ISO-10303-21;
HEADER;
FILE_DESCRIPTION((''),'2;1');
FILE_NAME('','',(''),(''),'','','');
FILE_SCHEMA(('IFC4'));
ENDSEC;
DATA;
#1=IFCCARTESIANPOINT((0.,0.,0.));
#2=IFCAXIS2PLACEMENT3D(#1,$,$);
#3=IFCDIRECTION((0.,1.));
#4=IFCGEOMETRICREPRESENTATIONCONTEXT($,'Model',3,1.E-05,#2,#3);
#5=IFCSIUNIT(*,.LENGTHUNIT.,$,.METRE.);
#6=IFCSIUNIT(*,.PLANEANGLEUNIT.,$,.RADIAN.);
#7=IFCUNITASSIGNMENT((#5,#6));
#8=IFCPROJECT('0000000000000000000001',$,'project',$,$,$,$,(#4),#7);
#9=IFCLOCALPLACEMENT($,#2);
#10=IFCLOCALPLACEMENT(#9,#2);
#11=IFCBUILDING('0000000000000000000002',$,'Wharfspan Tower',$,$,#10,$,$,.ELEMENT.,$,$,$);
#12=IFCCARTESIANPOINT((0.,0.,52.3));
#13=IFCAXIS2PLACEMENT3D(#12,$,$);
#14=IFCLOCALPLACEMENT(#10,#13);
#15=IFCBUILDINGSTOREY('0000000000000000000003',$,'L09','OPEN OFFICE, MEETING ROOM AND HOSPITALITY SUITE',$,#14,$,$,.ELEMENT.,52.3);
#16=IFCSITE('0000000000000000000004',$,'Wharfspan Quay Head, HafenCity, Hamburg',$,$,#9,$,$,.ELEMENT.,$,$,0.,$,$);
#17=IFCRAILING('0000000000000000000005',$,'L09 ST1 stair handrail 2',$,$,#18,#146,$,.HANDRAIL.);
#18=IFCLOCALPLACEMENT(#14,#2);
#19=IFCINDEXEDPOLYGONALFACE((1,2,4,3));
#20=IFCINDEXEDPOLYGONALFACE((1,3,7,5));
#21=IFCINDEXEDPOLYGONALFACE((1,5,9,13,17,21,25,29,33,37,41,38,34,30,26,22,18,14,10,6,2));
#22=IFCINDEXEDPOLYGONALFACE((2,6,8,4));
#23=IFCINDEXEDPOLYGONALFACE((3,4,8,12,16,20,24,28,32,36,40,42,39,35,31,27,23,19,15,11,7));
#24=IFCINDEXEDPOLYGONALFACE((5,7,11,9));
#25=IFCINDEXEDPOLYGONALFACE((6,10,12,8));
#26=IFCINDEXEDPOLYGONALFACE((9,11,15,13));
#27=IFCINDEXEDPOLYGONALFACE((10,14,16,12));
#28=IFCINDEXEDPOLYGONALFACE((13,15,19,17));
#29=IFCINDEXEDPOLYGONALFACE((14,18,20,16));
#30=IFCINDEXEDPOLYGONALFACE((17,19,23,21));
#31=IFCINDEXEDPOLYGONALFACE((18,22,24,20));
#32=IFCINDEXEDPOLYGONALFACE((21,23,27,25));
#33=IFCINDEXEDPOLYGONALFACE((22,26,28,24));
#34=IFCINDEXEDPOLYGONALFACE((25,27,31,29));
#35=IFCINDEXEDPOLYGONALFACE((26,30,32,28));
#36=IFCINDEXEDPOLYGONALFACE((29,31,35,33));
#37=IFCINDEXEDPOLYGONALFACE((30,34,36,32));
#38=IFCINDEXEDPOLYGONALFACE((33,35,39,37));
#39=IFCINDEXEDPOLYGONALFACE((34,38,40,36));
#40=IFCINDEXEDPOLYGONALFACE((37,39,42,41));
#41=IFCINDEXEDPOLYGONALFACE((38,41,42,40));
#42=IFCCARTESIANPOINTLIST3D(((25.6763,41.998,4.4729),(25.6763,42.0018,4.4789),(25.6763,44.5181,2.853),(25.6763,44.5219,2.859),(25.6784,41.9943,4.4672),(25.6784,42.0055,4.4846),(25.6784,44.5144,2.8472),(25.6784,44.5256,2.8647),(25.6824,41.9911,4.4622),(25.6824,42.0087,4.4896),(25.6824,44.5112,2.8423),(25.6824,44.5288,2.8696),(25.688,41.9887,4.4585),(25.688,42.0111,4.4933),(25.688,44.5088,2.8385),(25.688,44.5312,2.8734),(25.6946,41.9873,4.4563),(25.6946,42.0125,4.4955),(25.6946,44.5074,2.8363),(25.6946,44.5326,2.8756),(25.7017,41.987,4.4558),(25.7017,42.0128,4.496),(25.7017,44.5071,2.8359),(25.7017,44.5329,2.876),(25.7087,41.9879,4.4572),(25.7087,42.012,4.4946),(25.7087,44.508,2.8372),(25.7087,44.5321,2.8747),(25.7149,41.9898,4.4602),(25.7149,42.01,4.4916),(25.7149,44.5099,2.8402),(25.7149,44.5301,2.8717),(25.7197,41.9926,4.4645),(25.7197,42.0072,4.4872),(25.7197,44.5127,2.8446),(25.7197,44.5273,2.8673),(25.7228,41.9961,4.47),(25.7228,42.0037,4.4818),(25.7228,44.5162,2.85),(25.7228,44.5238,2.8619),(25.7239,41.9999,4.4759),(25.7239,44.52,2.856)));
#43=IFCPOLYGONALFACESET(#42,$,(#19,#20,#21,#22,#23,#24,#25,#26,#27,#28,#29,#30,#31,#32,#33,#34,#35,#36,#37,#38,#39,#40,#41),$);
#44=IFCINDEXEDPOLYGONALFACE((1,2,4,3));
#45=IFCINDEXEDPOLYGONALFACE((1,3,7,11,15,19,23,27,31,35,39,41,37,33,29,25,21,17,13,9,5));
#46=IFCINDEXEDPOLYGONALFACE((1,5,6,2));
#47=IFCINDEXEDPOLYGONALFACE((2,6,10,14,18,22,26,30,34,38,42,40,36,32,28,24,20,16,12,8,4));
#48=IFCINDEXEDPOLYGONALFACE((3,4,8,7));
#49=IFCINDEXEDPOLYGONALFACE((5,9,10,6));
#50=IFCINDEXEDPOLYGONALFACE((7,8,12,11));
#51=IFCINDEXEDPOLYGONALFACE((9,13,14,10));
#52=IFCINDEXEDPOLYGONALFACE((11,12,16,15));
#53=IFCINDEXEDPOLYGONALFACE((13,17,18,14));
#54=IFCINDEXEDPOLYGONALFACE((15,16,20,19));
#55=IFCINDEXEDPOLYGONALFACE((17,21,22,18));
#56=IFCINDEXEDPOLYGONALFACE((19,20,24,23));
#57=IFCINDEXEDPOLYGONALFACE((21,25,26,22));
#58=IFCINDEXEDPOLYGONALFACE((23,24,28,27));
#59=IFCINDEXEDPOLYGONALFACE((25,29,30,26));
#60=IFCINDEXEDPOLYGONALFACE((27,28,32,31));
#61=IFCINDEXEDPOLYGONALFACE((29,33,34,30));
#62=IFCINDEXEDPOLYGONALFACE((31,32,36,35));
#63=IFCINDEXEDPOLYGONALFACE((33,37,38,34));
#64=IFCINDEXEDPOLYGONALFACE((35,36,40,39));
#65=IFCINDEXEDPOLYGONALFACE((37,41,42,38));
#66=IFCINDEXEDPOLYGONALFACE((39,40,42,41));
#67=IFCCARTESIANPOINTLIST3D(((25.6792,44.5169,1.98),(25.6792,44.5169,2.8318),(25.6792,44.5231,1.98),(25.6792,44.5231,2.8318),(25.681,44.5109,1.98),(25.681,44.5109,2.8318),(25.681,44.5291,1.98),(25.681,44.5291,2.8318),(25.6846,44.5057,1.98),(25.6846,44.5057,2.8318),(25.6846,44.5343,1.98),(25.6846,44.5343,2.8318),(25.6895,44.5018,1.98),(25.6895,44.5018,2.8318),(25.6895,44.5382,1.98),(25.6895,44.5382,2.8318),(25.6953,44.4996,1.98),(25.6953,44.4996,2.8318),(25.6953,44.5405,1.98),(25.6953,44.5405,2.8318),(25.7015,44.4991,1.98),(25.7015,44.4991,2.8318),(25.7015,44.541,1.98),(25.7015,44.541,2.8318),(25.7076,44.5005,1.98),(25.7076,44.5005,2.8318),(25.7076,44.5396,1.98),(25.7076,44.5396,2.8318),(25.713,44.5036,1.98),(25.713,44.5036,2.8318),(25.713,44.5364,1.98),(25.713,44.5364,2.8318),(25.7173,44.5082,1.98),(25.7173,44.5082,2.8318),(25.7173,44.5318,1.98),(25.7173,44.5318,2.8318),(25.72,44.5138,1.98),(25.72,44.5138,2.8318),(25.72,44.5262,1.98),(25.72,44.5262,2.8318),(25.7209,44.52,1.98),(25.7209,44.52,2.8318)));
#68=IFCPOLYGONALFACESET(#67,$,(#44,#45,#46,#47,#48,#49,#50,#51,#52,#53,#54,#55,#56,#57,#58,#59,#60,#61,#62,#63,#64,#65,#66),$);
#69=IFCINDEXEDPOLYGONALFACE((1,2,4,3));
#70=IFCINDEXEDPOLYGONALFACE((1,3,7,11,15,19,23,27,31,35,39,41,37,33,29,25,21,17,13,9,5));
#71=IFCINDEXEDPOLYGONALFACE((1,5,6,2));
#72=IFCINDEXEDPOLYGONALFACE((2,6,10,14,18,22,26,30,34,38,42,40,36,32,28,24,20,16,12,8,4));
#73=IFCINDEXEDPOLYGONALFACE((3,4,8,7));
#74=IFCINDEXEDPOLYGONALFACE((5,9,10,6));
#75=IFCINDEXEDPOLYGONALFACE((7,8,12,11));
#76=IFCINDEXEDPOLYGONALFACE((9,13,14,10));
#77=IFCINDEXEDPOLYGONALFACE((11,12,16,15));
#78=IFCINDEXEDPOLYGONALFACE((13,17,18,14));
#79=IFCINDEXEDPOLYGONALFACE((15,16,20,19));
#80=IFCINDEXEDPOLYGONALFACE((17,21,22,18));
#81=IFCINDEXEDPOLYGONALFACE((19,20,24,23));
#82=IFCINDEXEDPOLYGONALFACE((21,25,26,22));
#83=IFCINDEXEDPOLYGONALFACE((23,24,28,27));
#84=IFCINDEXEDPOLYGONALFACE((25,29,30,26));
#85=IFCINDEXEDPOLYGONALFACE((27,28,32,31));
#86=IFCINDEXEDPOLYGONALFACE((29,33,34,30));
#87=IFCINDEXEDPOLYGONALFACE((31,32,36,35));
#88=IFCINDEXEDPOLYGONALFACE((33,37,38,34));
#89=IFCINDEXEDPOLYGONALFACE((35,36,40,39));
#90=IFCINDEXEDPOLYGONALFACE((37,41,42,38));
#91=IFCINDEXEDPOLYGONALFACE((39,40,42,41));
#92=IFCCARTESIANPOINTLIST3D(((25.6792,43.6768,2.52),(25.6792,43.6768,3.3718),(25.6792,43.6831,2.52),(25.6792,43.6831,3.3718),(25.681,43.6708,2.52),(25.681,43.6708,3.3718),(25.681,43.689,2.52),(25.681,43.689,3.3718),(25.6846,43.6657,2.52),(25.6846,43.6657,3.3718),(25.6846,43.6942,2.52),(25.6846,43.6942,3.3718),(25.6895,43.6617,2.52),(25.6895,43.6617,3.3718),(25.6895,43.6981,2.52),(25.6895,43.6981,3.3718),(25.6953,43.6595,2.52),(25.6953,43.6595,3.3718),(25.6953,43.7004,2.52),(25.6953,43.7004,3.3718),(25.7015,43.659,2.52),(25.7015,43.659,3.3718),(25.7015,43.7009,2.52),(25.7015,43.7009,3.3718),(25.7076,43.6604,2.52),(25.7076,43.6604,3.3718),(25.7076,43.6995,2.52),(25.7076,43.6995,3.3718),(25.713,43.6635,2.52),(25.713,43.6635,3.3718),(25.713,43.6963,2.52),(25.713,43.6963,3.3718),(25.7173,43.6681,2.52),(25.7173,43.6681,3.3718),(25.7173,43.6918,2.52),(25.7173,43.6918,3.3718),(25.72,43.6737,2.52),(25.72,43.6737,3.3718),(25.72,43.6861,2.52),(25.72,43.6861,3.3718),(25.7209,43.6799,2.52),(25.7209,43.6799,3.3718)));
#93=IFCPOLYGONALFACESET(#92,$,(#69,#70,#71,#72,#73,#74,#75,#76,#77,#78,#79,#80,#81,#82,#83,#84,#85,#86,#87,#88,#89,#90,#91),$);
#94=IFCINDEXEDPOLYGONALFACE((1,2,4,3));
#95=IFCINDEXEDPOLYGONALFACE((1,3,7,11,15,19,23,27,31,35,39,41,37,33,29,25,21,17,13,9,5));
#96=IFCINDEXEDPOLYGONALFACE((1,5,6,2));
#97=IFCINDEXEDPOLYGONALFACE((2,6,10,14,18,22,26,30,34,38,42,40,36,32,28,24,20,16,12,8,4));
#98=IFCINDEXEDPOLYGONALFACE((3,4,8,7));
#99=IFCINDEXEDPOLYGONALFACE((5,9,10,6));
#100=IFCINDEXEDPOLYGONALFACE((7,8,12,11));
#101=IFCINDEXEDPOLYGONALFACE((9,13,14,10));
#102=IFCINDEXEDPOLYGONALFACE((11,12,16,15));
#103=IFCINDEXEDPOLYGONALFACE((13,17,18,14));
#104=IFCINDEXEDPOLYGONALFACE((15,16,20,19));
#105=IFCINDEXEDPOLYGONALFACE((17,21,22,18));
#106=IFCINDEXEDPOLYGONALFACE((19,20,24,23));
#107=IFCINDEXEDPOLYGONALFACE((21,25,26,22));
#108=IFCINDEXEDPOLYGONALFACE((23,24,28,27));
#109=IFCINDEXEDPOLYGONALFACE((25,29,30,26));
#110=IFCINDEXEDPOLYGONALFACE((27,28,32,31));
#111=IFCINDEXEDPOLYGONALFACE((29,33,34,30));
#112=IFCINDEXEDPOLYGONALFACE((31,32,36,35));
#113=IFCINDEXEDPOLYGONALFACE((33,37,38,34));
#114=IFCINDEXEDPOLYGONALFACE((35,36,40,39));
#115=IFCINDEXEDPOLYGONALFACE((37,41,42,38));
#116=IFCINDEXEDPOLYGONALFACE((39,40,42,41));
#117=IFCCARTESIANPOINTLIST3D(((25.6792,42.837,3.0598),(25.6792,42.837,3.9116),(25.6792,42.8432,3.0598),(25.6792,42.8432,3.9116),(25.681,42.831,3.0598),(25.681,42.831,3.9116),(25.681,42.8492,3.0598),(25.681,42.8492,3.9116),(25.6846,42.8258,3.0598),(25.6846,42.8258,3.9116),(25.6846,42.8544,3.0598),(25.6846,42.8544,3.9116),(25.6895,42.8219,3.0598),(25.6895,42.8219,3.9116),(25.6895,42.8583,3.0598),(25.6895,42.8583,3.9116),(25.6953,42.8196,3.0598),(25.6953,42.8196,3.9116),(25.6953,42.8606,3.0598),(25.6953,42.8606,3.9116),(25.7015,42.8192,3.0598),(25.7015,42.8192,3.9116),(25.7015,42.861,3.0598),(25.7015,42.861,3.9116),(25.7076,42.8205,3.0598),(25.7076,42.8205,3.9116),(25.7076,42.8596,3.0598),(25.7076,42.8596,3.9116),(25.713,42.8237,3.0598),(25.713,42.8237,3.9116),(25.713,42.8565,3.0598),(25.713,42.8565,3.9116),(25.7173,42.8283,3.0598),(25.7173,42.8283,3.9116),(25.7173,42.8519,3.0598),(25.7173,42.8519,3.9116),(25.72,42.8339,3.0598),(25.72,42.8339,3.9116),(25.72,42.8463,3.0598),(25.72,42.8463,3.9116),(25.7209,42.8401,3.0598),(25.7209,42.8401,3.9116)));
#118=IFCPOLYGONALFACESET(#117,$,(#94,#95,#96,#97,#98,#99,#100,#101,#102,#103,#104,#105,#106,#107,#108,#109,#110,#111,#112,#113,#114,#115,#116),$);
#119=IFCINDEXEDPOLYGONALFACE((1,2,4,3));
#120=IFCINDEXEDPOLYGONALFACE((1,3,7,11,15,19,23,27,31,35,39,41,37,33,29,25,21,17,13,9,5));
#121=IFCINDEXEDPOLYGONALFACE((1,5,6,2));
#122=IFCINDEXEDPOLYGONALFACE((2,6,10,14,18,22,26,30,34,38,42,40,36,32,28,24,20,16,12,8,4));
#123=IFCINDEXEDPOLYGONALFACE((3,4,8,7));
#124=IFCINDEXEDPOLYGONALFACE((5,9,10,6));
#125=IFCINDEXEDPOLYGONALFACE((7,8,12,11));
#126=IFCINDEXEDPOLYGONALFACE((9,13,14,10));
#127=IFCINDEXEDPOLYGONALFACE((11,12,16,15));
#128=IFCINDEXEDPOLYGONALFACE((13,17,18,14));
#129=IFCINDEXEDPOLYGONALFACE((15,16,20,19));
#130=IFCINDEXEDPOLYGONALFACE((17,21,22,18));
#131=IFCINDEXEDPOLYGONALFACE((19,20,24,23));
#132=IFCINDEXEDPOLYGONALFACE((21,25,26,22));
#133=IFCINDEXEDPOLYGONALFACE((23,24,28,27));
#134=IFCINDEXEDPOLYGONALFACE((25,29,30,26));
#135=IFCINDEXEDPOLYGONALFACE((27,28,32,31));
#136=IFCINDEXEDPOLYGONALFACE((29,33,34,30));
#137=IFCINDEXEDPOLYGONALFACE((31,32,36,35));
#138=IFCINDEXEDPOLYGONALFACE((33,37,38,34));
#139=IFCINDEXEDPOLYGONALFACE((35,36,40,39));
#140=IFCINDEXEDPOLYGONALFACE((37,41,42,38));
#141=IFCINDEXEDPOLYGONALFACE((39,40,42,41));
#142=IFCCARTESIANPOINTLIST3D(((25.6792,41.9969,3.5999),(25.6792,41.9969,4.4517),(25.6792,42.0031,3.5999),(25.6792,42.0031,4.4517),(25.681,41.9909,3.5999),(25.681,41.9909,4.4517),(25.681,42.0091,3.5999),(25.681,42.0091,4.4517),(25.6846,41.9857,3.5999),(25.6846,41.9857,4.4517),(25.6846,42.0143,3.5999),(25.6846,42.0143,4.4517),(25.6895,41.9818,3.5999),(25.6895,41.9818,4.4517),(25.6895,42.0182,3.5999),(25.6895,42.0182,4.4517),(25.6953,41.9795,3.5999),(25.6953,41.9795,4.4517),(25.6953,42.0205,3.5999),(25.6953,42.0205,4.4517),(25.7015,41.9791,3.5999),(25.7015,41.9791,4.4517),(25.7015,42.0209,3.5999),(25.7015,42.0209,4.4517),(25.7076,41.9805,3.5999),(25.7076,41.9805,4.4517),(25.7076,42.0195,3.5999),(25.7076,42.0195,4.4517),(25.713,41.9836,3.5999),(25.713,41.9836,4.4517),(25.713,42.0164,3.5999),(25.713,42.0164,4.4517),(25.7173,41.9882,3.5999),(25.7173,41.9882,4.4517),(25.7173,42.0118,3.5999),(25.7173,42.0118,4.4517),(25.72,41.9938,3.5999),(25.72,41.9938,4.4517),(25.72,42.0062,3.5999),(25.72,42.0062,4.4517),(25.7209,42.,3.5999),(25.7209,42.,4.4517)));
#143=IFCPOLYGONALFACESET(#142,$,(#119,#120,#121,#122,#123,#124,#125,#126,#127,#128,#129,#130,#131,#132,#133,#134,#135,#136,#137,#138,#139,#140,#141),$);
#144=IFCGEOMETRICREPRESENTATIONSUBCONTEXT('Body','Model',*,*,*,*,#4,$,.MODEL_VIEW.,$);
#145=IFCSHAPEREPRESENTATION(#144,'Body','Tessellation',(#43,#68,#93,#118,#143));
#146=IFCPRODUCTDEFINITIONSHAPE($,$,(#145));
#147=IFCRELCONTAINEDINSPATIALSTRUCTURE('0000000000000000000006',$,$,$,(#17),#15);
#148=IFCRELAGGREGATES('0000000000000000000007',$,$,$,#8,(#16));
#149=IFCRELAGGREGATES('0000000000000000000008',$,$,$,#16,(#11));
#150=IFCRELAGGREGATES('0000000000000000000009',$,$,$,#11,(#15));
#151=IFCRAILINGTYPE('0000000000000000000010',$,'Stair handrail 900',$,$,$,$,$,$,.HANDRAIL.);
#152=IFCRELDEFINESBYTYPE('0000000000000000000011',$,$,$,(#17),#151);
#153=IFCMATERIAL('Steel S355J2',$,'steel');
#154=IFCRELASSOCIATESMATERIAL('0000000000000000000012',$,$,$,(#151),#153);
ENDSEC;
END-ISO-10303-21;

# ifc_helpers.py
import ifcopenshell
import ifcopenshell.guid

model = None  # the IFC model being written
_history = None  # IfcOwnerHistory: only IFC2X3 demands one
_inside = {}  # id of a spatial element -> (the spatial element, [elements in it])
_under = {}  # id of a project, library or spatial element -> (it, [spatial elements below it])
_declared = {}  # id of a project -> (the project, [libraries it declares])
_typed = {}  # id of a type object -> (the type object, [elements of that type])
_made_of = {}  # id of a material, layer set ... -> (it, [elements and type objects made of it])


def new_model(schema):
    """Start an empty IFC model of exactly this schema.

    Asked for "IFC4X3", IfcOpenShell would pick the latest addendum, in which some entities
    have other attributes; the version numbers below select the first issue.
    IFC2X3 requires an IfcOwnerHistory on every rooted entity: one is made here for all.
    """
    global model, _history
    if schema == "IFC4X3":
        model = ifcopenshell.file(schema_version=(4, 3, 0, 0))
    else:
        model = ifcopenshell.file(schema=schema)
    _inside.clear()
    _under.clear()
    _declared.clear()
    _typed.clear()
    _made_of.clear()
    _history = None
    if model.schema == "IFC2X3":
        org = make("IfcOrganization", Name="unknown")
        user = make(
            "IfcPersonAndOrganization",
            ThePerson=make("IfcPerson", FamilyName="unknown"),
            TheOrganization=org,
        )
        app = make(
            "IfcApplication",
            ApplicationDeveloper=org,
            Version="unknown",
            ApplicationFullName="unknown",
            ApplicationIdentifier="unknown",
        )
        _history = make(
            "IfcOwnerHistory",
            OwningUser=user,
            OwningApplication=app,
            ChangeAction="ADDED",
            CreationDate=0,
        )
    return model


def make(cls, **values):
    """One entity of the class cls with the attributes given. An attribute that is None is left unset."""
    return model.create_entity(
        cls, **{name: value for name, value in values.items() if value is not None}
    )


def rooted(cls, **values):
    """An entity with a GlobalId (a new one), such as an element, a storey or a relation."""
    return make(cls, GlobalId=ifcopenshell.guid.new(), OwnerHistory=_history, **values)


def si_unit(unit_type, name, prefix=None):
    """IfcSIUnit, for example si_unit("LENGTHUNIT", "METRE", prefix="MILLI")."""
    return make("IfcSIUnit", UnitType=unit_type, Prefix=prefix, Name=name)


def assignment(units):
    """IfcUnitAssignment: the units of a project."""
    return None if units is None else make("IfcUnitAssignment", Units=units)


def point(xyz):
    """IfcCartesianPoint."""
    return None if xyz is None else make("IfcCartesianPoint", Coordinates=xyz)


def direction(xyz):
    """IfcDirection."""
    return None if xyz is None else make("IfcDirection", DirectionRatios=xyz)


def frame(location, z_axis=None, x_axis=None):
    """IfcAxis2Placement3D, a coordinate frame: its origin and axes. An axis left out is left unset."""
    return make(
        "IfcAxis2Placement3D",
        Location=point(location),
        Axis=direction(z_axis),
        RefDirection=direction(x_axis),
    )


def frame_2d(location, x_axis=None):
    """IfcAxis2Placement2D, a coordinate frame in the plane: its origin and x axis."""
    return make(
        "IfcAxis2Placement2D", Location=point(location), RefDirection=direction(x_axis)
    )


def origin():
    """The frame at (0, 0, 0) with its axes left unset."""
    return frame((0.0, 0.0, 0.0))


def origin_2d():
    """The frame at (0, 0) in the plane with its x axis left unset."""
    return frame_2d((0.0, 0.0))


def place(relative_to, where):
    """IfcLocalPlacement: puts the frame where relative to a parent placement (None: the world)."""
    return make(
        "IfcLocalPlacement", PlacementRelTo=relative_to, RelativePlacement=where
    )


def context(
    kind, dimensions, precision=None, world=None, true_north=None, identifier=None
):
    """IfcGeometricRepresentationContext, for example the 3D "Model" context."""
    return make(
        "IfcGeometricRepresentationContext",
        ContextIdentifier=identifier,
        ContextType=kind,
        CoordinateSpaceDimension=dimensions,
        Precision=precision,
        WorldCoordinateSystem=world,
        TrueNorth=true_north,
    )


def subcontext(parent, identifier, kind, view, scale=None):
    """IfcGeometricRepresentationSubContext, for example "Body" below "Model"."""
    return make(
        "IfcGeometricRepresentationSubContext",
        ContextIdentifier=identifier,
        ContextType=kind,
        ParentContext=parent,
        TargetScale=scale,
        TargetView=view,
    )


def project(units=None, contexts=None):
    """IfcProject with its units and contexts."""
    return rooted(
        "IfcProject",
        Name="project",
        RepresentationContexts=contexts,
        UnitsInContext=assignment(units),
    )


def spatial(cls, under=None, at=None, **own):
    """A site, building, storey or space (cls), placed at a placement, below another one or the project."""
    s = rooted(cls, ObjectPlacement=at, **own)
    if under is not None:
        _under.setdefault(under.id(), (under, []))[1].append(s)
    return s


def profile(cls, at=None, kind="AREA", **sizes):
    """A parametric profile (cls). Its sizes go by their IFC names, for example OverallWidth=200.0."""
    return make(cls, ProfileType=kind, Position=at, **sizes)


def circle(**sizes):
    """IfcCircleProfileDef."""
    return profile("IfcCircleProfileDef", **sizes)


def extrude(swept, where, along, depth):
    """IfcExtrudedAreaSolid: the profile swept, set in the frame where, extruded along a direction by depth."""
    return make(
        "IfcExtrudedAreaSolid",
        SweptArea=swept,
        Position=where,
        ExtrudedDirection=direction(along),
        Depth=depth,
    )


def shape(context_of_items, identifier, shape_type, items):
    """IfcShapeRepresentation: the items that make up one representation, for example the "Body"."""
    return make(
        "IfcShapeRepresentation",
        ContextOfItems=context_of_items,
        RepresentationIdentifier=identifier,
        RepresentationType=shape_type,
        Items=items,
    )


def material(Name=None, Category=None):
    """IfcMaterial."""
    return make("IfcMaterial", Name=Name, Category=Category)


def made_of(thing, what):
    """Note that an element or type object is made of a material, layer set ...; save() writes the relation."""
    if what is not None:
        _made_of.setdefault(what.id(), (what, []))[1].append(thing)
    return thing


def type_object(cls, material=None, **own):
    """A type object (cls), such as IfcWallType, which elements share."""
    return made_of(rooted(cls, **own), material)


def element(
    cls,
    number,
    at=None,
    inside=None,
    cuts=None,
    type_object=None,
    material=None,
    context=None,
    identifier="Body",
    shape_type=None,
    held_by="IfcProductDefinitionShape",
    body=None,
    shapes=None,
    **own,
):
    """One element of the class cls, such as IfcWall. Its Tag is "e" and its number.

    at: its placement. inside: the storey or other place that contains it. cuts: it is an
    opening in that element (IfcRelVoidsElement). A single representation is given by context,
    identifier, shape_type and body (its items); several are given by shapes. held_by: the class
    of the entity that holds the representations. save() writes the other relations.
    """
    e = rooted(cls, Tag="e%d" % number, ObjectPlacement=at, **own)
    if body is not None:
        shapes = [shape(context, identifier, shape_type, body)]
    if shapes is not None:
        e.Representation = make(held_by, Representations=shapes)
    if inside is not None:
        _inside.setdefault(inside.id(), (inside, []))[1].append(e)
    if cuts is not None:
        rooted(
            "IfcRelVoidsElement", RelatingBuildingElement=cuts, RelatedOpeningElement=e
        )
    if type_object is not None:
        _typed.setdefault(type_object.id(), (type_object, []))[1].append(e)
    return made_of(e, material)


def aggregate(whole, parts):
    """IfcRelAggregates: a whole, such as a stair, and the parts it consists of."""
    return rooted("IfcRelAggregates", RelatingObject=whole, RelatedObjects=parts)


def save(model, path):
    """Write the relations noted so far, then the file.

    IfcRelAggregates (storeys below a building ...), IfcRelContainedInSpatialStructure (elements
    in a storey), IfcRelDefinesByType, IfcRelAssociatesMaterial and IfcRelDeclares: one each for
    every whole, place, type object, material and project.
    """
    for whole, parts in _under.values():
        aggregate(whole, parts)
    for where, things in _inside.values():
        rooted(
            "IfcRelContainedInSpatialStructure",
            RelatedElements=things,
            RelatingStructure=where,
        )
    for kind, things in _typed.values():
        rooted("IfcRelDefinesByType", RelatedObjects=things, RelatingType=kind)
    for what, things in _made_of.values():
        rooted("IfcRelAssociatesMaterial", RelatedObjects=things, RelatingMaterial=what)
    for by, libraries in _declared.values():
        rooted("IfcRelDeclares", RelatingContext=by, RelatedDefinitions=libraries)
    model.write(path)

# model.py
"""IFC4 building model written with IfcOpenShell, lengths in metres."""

from ifc_helpers import new_model, si_unit, direction, frame, origin, origin_2d, place, context, subcontext, project, spatial, circle, extrude, material, type_object, element, save


model = new_model("IFC4")

# Units and contexts
model_context = context("Model", 3, precision=1e-05, world=origin(), true_north=direction((0.0, 1.0)))
body_context = subcontext(model_context, "Body", "Model", "MODEL_VIEW")
ifc_project = project(units=[si_unit("LENGTHUNIT", "METRE"), si_unit("PLANEANGLEUNIT", "RADIAN")], contexts=[model_context])

# Site, building, storey
site_placement = place(None, origin())
site = spatial("IfcSite", under=ifc_project, at=site_placement, Name="Wharfspan Quay Head, HafenCity, Hamburg", CompositionType="ELEMENT", RefElevation=0.0)
building_placement = place(site_placement, origin())
building = spatial("IfcBuilding", under=site, at=building_placement, Name="Wharfspan Tower", CompositionType="ELEMENT")
storey_placement = place(building_placement, frame((0.0, 0.0, 52.3)))
storey = spatial("IfcBuildingStorey", under=building, at=storey_placement, Name="L09", Description="OPEN OFFICE, MEETING ROOM AND HOSPITALITY SUITE", CompositionType="ELEMENT", Elevation=52.3)

# Shared definitions
ifc_material_1 = material(Name="Steel S355J2", Category="steel")

# Railing
railing_type_1 = type_object("IfcRailingType", Name="Stair handrail 900", PredefinedType="HANDRAIL", material=ifc_material_1)
railing_1_placement = place(storey_placement, frame((25.7, 44.52, 1.98)))
element("IfcRailing", 1, at=railing_1_placement, inside=storey, type_object=railing_type_1, Name="L09 ST1 stair handrail 2", PredefinedType="HANDRAIL", context=body_context, shape_type="SweptSolid", body=[
    extrude(circle(Radius=0.0239, at=origin_2d()), frame((0.0, 0.0, 0.876), z_axis=(0.0, -0.8412, 0.540725), x_axis=(1.0, 0.0, 0.0)), (0.0, 0.0, 1.0), 2.9958),
    extrude(circle(Radius=0.021, at=origin_2d()), origin(), (0.0, 0.0, 1.0), 0.8518),
    extrude(circle(Radius=0.021, at=origin_2d()), frame((0.0, -0.8401, 0.54)), (0.0, 0.0, 1.0), 0.8518),
    extrude(circle(Radius=0.021, at=origin_2d()), frame((0.0, -1.6799, 1.0798)), (0.0, 0.0, 1.0), 0.8518),
    extrude(circle(Radius=0.021, at=origin_2d()), frame((0.0, -2.52, 1.6199)), (0.0, 0.0, 1.0), 0.8518),
])

save(model, "model.ifc")
